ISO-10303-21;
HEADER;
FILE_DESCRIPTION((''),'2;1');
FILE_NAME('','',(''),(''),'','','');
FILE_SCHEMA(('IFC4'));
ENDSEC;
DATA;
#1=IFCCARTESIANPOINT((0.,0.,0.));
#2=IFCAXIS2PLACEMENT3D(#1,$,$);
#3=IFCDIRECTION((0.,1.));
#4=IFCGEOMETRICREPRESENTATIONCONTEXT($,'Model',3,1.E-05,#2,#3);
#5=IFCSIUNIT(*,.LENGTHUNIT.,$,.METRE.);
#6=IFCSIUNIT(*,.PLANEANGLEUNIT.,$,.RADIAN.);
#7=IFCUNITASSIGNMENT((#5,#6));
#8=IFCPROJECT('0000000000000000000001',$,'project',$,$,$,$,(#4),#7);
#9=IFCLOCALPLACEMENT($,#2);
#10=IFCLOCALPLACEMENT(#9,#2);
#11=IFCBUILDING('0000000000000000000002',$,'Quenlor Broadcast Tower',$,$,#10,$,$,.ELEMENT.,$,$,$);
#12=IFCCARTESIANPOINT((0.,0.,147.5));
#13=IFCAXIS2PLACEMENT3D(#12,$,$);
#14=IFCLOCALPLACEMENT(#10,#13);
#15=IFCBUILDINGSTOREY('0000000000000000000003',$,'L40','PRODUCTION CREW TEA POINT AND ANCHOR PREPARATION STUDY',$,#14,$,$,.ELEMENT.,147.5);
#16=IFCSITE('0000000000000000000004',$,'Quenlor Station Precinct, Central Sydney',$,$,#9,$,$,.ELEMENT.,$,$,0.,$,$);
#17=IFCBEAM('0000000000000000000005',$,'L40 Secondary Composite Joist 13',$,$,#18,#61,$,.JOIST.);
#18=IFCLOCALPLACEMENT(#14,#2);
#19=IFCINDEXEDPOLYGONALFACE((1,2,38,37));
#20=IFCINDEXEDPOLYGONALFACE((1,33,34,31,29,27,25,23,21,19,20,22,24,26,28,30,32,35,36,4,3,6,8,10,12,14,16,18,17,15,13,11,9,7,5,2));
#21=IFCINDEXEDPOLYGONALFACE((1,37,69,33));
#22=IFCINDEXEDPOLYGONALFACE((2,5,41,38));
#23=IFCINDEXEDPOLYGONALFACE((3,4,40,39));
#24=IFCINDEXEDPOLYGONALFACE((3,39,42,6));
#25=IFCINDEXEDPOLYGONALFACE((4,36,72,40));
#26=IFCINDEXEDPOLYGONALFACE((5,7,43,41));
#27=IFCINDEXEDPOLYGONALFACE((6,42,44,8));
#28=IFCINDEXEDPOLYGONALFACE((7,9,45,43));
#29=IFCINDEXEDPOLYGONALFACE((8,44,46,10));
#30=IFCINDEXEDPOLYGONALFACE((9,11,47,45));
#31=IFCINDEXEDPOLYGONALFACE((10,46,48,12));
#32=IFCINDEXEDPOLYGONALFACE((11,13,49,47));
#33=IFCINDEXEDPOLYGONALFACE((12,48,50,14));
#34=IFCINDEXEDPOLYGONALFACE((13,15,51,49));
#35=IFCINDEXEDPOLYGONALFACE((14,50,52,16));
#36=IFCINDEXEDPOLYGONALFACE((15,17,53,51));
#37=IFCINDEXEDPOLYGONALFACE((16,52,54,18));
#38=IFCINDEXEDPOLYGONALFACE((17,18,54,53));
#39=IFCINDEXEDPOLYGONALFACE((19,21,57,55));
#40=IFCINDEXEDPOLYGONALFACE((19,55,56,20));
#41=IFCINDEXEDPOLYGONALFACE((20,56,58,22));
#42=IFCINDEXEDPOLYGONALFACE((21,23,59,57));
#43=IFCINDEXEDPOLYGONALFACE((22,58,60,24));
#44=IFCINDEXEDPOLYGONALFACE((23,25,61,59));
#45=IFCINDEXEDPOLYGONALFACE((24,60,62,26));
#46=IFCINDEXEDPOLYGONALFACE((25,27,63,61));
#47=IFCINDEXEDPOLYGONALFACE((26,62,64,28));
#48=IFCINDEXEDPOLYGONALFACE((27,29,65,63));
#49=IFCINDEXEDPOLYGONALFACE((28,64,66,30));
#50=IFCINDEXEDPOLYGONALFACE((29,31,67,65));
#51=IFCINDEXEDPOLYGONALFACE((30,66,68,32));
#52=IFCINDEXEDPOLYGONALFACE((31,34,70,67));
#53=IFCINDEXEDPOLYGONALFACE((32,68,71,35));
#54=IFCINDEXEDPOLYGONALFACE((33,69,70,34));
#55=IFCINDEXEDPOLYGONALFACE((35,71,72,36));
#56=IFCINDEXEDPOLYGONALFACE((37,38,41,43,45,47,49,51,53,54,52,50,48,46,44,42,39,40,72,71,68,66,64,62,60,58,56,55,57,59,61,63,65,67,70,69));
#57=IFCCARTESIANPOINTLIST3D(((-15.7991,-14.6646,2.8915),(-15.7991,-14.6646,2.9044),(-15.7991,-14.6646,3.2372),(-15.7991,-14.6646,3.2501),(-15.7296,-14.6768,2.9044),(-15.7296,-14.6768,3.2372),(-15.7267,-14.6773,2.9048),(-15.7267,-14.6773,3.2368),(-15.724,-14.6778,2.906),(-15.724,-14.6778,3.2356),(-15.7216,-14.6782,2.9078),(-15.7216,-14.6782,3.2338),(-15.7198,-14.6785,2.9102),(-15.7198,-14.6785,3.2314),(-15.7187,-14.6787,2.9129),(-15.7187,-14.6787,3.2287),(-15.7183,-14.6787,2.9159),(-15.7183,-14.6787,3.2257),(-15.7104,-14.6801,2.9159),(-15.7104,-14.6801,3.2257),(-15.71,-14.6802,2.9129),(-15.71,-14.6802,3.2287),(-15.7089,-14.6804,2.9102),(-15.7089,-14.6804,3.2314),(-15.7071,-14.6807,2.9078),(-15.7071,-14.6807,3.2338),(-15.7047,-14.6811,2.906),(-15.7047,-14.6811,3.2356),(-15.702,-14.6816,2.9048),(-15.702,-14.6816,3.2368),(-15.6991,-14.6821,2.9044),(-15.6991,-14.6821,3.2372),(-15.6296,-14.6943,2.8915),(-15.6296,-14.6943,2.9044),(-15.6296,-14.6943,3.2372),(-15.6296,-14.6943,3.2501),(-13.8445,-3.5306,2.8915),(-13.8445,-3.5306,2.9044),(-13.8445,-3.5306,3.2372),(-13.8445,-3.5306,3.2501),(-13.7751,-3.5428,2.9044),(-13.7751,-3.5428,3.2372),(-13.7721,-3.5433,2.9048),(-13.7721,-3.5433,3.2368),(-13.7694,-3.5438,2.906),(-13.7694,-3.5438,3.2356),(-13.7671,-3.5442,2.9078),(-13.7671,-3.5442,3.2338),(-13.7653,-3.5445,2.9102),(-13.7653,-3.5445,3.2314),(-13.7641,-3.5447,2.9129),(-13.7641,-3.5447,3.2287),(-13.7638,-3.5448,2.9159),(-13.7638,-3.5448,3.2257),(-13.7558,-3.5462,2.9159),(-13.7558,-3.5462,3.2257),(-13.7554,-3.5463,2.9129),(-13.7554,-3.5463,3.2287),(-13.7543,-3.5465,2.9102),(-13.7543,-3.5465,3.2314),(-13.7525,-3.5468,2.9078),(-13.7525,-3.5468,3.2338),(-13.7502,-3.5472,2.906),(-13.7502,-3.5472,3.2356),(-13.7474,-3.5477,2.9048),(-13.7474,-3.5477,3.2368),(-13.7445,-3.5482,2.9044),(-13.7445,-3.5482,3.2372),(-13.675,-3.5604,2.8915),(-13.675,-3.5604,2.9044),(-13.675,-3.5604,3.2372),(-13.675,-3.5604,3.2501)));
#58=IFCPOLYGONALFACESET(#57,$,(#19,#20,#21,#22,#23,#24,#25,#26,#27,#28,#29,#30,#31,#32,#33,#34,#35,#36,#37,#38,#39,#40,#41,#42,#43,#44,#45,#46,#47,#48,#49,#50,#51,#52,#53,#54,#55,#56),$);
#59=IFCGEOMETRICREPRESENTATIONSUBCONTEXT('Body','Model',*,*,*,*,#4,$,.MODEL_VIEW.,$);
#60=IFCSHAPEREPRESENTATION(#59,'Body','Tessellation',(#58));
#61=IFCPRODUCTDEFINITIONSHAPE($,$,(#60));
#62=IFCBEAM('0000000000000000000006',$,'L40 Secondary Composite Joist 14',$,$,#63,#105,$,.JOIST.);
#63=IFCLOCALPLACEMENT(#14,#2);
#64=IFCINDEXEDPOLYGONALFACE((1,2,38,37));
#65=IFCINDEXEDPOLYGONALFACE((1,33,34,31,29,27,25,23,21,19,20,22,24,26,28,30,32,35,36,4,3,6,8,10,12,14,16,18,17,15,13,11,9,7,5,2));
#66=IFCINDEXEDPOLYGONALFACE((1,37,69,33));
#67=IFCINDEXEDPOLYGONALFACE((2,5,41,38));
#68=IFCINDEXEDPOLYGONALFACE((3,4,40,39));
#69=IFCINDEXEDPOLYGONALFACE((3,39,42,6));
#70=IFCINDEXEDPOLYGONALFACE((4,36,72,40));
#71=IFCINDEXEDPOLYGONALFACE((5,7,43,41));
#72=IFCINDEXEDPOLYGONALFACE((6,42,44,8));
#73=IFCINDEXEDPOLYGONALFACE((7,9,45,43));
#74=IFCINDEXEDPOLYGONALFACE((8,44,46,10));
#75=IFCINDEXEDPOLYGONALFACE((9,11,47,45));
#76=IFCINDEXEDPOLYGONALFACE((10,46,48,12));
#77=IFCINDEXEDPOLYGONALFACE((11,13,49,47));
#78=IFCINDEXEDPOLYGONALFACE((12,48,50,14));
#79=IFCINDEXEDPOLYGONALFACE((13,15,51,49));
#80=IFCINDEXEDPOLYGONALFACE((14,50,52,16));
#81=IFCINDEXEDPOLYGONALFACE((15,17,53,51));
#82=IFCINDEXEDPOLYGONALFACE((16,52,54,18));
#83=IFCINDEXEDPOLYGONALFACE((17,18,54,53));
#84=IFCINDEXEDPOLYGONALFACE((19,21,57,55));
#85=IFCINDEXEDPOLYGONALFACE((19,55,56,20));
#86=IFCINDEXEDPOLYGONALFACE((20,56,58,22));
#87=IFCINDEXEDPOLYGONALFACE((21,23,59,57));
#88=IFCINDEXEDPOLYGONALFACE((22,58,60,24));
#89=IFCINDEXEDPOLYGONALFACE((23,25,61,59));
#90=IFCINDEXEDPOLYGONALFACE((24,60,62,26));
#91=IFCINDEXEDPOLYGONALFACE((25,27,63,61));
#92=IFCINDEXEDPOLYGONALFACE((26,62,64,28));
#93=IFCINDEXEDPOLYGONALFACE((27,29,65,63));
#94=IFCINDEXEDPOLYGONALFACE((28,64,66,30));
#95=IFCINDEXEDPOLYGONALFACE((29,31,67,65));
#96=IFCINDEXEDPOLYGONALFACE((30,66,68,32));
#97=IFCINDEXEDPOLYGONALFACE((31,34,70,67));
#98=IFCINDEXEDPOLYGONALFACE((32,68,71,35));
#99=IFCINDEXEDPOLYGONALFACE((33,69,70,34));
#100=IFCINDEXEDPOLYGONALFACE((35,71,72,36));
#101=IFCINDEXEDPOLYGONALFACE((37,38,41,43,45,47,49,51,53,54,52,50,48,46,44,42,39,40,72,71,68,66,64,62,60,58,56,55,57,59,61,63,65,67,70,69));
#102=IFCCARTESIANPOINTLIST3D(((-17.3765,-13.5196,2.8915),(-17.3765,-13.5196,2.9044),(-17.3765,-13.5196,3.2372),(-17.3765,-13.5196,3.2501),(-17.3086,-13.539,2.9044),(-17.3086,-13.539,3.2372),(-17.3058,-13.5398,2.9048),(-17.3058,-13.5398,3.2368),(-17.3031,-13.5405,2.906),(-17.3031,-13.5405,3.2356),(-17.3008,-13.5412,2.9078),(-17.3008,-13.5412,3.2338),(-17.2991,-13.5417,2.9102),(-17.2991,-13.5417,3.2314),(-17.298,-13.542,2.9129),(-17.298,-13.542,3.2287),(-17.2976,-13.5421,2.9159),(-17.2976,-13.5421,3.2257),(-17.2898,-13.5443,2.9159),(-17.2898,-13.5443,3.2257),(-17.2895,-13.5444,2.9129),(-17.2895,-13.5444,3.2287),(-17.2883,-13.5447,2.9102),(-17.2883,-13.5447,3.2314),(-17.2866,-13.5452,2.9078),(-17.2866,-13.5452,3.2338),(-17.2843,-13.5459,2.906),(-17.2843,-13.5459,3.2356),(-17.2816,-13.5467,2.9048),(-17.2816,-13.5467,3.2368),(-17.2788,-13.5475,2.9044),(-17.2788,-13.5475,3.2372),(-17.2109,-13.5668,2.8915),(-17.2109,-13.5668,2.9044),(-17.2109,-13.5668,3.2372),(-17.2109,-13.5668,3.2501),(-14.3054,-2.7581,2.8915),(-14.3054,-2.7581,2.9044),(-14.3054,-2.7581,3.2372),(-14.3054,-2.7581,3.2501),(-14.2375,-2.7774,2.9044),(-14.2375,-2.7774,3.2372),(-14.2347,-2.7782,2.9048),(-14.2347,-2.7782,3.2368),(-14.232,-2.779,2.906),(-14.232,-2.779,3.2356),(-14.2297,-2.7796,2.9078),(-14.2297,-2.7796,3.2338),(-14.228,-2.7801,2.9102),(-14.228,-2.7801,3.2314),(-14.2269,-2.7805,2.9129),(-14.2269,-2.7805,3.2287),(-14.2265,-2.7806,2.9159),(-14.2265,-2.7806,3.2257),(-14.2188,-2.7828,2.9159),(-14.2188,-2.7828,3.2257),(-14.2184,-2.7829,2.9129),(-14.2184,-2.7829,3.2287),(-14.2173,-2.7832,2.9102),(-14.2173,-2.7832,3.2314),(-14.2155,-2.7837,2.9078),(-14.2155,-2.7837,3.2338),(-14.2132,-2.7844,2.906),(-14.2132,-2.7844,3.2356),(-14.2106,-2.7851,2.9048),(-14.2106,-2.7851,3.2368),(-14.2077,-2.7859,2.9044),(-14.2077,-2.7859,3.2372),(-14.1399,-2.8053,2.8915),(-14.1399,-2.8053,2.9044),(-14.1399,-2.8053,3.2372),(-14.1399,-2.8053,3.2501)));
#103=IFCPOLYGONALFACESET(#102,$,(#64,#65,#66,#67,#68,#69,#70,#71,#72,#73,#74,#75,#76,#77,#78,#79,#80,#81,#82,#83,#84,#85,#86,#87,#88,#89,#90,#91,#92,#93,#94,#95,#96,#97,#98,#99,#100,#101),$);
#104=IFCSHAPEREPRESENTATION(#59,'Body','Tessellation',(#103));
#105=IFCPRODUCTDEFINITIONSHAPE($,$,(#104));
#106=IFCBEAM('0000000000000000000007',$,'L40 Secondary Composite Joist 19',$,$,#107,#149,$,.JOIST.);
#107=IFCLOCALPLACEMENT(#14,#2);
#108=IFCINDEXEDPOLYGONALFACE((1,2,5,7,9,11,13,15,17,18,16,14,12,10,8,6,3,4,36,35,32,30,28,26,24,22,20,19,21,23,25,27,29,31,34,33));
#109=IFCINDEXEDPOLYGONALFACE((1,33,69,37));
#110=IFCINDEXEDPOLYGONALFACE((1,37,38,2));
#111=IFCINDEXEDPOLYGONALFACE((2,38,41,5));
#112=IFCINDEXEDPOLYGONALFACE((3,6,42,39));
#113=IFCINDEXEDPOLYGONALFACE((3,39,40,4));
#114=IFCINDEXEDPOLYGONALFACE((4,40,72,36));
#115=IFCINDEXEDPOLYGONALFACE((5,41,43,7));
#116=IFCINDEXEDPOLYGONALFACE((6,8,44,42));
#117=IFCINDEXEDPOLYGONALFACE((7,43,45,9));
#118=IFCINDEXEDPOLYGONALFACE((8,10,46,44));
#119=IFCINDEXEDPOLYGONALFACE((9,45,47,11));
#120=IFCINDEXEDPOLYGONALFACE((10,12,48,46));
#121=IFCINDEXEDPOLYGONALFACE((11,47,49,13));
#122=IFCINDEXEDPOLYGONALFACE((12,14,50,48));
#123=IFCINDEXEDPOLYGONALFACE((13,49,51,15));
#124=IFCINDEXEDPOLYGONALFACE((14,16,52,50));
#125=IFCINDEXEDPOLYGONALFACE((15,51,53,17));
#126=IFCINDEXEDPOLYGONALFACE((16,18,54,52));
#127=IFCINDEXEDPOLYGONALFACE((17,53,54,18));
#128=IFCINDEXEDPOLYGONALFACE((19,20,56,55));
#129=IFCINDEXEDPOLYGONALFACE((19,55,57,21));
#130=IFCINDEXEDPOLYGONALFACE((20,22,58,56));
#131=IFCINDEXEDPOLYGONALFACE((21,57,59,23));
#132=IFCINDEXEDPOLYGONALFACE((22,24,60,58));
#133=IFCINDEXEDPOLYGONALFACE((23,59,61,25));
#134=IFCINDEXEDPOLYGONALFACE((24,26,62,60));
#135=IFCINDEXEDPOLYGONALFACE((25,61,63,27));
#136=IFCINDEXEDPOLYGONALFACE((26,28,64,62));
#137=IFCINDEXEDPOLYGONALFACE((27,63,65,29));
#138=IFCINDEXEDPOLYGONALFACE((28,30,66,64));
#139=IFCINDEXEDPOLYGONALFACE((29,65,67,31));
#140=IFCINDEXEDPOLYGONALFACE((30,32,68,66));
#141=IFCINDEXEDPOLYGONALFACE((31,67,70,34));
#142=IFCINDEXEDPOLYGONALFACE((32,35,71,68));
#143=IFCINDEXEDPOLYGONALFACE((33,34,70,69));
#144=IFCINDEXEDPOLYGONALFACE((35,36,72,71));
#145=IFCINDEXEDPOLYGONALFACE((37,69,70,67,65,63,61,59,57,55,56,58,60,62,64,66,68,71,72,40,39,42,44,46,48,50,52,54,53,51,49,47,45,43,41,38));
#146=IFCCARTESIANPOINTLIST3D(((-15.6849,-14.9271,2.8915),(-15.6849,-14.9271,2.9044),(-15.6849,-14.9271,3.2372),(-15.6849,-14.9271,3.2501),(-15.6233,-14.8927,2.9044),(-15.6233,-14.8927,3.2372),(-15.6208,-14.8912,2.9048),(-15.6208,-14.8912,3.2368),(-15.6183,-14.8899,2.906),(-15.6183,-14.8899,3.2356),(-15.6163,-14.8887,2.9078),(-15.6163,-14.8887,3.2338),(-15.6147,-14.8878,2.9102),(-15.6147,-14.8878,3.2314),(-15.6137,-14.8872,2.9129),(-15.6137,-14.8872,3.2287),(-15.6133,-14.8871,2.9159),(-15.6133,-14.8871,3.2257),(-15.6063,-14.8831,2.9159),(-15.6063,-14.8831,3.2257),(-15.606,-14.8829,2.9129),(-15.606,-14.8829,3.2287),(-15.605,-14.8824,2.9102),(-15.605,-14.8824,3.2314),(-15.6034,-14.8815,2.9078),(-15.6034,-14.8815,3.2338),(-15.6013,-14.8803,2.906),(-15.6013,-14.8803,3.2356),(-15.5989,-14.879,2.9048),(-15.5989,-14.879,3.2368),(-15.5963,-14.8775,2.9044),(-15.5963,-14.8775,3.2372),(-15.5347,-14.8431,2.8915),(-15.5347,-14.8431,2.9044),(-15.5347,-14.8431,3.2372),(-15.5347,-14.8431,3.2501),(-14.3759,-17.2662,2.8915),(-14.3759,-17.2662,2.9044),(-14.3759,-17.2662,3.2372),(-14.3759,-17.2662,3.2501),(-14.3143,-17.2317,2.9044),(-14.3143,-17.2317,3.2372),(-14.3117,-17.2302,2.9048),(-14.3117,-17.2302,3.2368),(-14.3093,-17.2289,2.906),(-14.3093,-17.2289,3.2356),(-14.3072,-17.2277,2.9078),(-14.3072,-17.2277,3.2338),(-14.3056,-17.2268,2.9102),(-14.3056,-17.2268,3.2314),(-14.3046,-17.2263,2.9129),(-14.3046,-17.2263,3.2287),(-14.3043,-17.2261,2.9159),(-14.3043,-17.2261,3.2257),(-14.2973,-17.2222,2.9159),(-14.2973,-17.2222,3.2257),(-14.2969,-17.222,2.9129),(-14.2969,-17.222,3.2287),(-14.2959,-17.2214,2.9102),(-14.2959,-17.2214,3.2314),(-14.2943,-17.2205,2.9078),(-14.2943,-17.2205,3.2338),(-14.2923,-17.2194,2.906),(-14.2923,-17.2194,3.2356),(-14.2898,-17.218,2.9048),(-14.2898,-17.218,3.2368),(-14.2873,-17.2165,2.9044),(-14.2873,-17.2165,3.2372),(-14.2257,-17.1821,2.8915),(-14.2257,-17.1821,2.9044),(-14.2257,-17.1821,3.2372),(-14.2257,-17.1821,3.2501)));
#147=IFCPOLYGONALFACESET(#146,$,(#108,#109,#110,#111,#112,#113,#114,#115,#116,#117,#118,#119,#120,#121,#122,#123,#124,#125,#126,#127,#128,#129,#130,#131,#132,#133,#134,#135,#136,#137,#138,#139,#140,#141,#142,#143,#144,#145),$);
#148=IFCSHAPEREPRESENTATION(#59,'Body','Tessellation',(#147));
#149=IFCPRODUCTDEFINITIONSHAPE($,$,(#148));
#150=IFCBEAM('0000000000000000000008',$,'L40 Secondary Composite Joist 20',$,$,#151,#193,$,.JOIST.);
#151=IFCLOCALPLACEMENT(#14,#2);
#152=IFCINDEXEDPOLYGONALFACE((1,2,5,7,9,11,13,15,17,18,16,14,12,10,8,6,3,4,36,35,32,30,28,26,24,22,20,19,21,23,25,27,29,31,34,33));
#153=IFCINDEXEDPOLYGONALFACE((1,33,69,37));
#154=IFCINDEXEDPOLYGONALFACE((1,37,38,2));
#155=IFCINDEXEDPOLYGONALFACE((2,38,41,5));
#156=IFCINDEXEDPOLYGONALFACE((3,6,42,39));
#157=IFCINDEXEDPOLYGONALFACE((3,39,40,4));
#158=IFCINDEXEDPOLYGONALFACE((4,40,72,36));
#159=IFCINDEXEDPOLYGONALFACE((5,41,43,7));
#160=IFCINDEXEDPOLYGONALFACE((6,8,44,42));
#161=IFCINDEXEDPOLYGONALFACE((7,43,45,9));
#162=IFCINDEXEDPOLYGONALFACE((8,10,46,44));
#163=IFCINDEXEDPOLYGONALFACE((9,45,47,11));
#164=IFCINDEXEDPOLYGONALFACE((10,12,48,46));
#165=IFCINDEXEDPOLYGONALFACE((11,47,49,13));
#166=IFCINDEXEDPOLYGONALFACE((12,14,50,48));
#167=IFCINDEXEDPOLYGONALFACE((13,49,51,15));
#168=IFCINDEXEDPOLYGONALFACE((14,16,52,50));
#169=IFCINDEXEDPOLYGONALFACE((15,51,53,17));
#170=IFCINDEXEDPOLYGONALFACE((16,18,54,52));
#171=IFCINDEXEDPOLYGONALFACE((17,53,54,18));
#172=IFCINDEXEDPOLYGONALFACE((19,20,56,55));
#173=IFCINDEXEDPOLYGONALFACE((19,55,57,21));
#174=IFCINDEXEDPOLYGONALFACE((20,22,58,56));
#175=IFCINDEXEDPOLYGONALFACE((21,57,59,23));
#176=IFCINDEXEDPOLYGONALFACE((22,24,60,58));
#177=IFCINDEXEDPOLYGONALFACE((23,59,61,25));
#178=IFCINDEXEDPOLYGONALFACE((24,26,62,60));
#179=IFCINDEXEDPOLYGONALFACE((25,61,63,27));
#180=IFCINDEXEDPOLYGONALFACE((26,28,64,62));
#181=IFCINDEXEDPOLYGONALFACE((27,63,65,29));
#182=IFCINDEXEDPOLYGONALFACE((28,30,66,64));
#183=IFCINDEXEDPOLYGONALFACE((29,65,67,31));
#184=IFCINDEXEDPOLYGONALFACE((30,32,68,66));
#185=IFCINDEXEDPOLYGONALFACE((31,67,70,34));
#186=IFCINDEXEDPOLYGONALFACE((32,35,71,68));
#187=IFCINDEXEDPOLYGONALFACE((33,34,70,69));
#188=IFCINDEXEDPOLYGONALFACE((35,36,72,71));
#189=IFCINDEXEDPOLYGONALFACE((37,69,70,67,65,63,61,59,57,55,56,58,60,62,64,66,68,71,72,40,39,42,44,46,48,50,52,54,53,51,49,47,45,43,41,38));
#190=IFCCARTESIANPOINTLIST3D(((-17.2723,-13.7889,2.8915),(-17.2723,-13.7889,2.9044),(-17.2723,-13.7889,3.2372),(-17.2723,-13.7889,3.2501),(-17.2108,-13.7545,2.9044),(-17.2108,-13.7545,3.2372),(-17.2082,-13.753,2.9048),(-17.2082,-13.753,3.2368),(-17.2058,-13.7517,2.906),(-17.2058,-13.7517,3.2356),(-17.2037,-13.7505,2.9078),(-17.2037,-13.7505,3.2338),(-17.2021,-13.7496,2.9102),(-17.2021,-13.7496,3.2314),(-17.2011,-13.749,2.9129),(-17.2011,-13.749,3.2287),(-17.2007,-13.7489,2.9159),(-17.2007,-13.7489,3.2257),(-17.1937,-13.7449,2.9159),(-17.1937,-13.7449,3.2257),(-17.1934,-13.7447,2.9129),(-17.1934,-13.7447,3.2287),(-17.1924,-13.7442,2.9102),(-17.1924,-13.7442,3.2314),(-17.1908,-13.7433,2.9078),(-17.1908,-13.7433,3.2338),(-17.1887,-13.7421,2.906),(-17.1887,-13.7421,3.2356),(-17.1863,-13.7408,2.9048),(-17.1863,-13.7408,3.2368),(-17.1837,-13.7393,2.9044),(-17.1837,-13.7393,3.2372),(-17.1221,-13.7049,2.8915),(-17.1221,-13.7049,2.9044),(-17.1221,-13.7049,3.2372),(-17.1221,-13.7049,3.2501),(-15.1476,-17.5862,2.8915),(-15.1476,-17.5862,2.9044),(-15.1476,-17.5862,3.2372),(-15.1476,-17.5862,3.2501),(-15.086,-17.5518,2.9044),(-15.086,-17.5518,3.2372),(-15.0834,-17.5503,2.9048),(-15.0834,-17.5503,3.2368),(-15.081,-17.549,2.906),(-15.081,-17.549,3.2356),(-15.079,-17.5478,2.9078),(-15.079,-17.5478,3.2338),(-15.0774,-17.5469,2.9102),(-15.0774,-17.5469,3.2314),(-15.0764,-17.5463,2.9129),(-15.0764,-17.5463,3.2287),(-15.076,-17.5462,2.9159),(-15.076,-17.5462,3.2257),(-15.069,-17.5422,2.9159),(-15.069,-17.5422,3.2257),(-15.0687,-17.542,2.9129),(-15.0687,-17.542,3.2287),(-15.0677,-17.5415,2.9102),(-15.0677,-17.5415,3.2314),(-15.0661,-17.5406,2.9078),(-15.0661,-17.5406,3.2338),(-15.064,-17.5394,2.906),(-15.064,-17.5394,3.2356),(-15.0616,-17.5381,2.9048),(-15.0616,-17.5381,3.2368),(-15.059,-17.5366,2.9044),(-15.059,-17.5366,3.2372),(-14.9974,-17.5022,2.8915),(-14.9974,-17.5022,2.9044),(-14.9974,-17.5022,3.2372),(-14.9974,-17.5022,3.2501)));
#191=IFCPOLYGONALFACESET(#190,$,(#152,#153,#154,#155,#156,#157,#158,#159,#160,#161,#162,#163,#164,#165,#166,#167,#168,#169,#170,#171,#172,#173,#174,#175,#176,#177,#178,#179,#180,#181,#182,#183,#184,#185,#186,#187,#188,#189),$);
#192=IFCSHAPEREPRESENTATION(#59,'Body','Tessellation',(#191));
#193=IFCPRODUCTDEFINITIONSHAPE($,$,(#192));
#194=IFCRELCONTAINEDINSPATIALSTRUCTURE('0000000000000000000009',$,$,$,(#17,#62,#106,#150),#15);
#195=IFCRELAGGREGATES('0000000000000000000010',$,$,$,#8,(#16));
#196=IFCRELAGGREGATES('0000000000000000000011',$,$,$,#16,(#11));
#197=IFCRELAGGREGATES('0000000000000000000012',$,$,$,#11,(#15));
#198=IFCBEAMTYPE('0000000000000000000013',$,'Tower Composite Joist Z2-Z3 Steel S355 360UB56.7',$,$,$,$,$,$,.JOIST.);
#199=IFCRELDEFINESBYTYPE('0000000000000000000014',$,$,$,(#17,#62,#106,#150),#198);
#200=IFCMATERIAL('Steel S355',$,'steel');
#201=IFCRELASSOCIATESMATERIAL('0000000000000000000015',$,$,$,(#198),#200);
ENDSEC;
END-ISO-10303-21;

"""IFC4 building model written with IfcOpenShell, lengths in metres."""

from ifc_helpers import new_model, si_unit, direction, frame, origin, origin_2d, place, context, subcontext, project, spatial, i_section, extrude, material, material_profile, profile_set, type_object, element, save


model = new_model("IFC4")

# Units and contexts
model_context = context("Model", 3, precision=1e-05, world=origin(), true_north=direction((0.0, 1.0)))
body_context = subcontext(model_context, "Body", "Model", "MODEL_VIEW")
ifc_project = project(units=[si_unit("LENGTHUNIT", "METRE"), si_unit("PLANEANGLEUNIT", "RADIAN")], contexts=[model_context])

# Site, building, storey
site_placement = place(None, origin())
site = spatial("IfcSite", under=ifc_project, at=site_placement, Name="Quenlor Station Precinct, Central Sydney", CompositionType="ELEMENT", RefElevation=0.0)
building_placement = place(site_placement, origin())
building = spatial("IfcBuilding", under=site, at=building_placement, Name="Quenlor Broadcast Tower", CompositionType="ELEMENT")
storey_placement = place(building_placement, frame((0.0, 0.0, 147.5)))
storey = spatial("IfcBuildingStorey", under=building, at=storey_placement, Name="L40", Description="PRODUCTION CREW TEA POINT AND ANCHOR PREPARATION STUDY", CompositionType="ELEMENT", Elevation=147.5)

# Beams
ifc_material_1 = material(Name="Steel S355", Category="steel")
ifc_material_profile_1 = material_profile(ifc_material_1, i_section(OverallWidth=0.1721, OverallDepth=0.3586, WebThickness=0.0081, FlangeThickness=0.0129, FilletRadius=0.0115, at=origin_2d()))
ifc_profile_set_1 = profile_set([ifc_material_profile_1], Name="Steel S355 360UB56.7")
beam_type_1 = type_object("IfcBeamType", Name="Tower Composite Joist Z2-Z3 Steel S355 360UB56.7", PredefinedType="JOIST", material=ifc_profile_set_1)
beam_1_placement = place(storey_placement, frame((-15.7144, -14.6794, 3.0708), z_axis=(0.172907, 0.984938, 0.0), x_axis=(-0.984938, 0.172907, 0.0)))
element("IfcBeam", 1, at=beam_1_placement, inside=storey, type_object=beam_type_1, Name="L40 Secondary Composite Joist 13", PredefinedType="JOIST", context=body_context, shape_type="SweptSolid", body=[
    extrude(i_section(OverallWidth=0.1721, OverallDepth=0.3586, WebThickness=0.0081, FlangeThickness=0.0129, FilletRadius=0.0115, at=origin_2d()), origin(), (0.0, 0.0, 1.0), 11.3042),
])
beam_2_placement = place(storey_placement, frame((-17.2937, -13.5432, 3.0708), z_axis=(0.274419, 0.96161, 0.0), x_axis=(-0.96161, 0.274419, 0.0)))
element("IfcBeam", 2, at=beam_2_placement, inside=storey, type_object=beam_type_1, Name="L40 Secondary Composite Joist 14", PredefinedType="JOIST", context=body_context, shape_type="SweptSolid", body=[
    extrude(i_section(OverallWidth=0.1721, OverallDepth=0.3586, WebThickness=0.0081, FlangeThickness=0.0129, FilletRadius=0.0115, at=origin_2d()), origin(), (0.0, 0.0, 1.0), 11.1912),
])
beam_3_placement = place(storey_placement, frame((-14.3008, -17.2241, 3.0708), z_axis=(-0.48837, 0.872636, 0.0), x_axis=(-0.872636, -0.48837, 0.0)))
element("IfcBeam", 3, at=beam_3_placement, inside=storey, type_object=beam_type_1, Name="L40 Secondary Composite Joist 19", PredefinedType="JOIST", context=body_context, shape_type="SweptSolid", body=[
    extrude(i_section(OverallWidth=0.1721, OverallDepth=0.3586, WebThickness=0.0081, FlangeThickness=0.0129, FilletRadius=0.0115, at=origin_2d()), origin(), (0.0, 0.0, 1.0), 2.6804),
])
beam_4_placement = place(storey_placement, frame((-15.0725, -17.5442, 3.0708), z_axis=(-0.488294, 0.872679, 0.0), x_axis=(-0.872679, -0.488294, 0.0)))
element("IfcBeam", 4, at=beam_4_placement, inside=storey, type_object=beam_type_1, Name="L40 Secondary Composite Joist 20", PredefinedType="JOIST", context=body_context, shape_type="SweptSolid", body=[
    extrude(i_section(OverallWidth=0.1721, OverallDepth=0.3586, WebThickness=0.0081, FlangeThickness=0.0129, FilletRadius=0.0115, at=origin_2d()), origin(), (0.0, 0.0, 1.0), 4.3513),
])

save(model, "model.ifc")
